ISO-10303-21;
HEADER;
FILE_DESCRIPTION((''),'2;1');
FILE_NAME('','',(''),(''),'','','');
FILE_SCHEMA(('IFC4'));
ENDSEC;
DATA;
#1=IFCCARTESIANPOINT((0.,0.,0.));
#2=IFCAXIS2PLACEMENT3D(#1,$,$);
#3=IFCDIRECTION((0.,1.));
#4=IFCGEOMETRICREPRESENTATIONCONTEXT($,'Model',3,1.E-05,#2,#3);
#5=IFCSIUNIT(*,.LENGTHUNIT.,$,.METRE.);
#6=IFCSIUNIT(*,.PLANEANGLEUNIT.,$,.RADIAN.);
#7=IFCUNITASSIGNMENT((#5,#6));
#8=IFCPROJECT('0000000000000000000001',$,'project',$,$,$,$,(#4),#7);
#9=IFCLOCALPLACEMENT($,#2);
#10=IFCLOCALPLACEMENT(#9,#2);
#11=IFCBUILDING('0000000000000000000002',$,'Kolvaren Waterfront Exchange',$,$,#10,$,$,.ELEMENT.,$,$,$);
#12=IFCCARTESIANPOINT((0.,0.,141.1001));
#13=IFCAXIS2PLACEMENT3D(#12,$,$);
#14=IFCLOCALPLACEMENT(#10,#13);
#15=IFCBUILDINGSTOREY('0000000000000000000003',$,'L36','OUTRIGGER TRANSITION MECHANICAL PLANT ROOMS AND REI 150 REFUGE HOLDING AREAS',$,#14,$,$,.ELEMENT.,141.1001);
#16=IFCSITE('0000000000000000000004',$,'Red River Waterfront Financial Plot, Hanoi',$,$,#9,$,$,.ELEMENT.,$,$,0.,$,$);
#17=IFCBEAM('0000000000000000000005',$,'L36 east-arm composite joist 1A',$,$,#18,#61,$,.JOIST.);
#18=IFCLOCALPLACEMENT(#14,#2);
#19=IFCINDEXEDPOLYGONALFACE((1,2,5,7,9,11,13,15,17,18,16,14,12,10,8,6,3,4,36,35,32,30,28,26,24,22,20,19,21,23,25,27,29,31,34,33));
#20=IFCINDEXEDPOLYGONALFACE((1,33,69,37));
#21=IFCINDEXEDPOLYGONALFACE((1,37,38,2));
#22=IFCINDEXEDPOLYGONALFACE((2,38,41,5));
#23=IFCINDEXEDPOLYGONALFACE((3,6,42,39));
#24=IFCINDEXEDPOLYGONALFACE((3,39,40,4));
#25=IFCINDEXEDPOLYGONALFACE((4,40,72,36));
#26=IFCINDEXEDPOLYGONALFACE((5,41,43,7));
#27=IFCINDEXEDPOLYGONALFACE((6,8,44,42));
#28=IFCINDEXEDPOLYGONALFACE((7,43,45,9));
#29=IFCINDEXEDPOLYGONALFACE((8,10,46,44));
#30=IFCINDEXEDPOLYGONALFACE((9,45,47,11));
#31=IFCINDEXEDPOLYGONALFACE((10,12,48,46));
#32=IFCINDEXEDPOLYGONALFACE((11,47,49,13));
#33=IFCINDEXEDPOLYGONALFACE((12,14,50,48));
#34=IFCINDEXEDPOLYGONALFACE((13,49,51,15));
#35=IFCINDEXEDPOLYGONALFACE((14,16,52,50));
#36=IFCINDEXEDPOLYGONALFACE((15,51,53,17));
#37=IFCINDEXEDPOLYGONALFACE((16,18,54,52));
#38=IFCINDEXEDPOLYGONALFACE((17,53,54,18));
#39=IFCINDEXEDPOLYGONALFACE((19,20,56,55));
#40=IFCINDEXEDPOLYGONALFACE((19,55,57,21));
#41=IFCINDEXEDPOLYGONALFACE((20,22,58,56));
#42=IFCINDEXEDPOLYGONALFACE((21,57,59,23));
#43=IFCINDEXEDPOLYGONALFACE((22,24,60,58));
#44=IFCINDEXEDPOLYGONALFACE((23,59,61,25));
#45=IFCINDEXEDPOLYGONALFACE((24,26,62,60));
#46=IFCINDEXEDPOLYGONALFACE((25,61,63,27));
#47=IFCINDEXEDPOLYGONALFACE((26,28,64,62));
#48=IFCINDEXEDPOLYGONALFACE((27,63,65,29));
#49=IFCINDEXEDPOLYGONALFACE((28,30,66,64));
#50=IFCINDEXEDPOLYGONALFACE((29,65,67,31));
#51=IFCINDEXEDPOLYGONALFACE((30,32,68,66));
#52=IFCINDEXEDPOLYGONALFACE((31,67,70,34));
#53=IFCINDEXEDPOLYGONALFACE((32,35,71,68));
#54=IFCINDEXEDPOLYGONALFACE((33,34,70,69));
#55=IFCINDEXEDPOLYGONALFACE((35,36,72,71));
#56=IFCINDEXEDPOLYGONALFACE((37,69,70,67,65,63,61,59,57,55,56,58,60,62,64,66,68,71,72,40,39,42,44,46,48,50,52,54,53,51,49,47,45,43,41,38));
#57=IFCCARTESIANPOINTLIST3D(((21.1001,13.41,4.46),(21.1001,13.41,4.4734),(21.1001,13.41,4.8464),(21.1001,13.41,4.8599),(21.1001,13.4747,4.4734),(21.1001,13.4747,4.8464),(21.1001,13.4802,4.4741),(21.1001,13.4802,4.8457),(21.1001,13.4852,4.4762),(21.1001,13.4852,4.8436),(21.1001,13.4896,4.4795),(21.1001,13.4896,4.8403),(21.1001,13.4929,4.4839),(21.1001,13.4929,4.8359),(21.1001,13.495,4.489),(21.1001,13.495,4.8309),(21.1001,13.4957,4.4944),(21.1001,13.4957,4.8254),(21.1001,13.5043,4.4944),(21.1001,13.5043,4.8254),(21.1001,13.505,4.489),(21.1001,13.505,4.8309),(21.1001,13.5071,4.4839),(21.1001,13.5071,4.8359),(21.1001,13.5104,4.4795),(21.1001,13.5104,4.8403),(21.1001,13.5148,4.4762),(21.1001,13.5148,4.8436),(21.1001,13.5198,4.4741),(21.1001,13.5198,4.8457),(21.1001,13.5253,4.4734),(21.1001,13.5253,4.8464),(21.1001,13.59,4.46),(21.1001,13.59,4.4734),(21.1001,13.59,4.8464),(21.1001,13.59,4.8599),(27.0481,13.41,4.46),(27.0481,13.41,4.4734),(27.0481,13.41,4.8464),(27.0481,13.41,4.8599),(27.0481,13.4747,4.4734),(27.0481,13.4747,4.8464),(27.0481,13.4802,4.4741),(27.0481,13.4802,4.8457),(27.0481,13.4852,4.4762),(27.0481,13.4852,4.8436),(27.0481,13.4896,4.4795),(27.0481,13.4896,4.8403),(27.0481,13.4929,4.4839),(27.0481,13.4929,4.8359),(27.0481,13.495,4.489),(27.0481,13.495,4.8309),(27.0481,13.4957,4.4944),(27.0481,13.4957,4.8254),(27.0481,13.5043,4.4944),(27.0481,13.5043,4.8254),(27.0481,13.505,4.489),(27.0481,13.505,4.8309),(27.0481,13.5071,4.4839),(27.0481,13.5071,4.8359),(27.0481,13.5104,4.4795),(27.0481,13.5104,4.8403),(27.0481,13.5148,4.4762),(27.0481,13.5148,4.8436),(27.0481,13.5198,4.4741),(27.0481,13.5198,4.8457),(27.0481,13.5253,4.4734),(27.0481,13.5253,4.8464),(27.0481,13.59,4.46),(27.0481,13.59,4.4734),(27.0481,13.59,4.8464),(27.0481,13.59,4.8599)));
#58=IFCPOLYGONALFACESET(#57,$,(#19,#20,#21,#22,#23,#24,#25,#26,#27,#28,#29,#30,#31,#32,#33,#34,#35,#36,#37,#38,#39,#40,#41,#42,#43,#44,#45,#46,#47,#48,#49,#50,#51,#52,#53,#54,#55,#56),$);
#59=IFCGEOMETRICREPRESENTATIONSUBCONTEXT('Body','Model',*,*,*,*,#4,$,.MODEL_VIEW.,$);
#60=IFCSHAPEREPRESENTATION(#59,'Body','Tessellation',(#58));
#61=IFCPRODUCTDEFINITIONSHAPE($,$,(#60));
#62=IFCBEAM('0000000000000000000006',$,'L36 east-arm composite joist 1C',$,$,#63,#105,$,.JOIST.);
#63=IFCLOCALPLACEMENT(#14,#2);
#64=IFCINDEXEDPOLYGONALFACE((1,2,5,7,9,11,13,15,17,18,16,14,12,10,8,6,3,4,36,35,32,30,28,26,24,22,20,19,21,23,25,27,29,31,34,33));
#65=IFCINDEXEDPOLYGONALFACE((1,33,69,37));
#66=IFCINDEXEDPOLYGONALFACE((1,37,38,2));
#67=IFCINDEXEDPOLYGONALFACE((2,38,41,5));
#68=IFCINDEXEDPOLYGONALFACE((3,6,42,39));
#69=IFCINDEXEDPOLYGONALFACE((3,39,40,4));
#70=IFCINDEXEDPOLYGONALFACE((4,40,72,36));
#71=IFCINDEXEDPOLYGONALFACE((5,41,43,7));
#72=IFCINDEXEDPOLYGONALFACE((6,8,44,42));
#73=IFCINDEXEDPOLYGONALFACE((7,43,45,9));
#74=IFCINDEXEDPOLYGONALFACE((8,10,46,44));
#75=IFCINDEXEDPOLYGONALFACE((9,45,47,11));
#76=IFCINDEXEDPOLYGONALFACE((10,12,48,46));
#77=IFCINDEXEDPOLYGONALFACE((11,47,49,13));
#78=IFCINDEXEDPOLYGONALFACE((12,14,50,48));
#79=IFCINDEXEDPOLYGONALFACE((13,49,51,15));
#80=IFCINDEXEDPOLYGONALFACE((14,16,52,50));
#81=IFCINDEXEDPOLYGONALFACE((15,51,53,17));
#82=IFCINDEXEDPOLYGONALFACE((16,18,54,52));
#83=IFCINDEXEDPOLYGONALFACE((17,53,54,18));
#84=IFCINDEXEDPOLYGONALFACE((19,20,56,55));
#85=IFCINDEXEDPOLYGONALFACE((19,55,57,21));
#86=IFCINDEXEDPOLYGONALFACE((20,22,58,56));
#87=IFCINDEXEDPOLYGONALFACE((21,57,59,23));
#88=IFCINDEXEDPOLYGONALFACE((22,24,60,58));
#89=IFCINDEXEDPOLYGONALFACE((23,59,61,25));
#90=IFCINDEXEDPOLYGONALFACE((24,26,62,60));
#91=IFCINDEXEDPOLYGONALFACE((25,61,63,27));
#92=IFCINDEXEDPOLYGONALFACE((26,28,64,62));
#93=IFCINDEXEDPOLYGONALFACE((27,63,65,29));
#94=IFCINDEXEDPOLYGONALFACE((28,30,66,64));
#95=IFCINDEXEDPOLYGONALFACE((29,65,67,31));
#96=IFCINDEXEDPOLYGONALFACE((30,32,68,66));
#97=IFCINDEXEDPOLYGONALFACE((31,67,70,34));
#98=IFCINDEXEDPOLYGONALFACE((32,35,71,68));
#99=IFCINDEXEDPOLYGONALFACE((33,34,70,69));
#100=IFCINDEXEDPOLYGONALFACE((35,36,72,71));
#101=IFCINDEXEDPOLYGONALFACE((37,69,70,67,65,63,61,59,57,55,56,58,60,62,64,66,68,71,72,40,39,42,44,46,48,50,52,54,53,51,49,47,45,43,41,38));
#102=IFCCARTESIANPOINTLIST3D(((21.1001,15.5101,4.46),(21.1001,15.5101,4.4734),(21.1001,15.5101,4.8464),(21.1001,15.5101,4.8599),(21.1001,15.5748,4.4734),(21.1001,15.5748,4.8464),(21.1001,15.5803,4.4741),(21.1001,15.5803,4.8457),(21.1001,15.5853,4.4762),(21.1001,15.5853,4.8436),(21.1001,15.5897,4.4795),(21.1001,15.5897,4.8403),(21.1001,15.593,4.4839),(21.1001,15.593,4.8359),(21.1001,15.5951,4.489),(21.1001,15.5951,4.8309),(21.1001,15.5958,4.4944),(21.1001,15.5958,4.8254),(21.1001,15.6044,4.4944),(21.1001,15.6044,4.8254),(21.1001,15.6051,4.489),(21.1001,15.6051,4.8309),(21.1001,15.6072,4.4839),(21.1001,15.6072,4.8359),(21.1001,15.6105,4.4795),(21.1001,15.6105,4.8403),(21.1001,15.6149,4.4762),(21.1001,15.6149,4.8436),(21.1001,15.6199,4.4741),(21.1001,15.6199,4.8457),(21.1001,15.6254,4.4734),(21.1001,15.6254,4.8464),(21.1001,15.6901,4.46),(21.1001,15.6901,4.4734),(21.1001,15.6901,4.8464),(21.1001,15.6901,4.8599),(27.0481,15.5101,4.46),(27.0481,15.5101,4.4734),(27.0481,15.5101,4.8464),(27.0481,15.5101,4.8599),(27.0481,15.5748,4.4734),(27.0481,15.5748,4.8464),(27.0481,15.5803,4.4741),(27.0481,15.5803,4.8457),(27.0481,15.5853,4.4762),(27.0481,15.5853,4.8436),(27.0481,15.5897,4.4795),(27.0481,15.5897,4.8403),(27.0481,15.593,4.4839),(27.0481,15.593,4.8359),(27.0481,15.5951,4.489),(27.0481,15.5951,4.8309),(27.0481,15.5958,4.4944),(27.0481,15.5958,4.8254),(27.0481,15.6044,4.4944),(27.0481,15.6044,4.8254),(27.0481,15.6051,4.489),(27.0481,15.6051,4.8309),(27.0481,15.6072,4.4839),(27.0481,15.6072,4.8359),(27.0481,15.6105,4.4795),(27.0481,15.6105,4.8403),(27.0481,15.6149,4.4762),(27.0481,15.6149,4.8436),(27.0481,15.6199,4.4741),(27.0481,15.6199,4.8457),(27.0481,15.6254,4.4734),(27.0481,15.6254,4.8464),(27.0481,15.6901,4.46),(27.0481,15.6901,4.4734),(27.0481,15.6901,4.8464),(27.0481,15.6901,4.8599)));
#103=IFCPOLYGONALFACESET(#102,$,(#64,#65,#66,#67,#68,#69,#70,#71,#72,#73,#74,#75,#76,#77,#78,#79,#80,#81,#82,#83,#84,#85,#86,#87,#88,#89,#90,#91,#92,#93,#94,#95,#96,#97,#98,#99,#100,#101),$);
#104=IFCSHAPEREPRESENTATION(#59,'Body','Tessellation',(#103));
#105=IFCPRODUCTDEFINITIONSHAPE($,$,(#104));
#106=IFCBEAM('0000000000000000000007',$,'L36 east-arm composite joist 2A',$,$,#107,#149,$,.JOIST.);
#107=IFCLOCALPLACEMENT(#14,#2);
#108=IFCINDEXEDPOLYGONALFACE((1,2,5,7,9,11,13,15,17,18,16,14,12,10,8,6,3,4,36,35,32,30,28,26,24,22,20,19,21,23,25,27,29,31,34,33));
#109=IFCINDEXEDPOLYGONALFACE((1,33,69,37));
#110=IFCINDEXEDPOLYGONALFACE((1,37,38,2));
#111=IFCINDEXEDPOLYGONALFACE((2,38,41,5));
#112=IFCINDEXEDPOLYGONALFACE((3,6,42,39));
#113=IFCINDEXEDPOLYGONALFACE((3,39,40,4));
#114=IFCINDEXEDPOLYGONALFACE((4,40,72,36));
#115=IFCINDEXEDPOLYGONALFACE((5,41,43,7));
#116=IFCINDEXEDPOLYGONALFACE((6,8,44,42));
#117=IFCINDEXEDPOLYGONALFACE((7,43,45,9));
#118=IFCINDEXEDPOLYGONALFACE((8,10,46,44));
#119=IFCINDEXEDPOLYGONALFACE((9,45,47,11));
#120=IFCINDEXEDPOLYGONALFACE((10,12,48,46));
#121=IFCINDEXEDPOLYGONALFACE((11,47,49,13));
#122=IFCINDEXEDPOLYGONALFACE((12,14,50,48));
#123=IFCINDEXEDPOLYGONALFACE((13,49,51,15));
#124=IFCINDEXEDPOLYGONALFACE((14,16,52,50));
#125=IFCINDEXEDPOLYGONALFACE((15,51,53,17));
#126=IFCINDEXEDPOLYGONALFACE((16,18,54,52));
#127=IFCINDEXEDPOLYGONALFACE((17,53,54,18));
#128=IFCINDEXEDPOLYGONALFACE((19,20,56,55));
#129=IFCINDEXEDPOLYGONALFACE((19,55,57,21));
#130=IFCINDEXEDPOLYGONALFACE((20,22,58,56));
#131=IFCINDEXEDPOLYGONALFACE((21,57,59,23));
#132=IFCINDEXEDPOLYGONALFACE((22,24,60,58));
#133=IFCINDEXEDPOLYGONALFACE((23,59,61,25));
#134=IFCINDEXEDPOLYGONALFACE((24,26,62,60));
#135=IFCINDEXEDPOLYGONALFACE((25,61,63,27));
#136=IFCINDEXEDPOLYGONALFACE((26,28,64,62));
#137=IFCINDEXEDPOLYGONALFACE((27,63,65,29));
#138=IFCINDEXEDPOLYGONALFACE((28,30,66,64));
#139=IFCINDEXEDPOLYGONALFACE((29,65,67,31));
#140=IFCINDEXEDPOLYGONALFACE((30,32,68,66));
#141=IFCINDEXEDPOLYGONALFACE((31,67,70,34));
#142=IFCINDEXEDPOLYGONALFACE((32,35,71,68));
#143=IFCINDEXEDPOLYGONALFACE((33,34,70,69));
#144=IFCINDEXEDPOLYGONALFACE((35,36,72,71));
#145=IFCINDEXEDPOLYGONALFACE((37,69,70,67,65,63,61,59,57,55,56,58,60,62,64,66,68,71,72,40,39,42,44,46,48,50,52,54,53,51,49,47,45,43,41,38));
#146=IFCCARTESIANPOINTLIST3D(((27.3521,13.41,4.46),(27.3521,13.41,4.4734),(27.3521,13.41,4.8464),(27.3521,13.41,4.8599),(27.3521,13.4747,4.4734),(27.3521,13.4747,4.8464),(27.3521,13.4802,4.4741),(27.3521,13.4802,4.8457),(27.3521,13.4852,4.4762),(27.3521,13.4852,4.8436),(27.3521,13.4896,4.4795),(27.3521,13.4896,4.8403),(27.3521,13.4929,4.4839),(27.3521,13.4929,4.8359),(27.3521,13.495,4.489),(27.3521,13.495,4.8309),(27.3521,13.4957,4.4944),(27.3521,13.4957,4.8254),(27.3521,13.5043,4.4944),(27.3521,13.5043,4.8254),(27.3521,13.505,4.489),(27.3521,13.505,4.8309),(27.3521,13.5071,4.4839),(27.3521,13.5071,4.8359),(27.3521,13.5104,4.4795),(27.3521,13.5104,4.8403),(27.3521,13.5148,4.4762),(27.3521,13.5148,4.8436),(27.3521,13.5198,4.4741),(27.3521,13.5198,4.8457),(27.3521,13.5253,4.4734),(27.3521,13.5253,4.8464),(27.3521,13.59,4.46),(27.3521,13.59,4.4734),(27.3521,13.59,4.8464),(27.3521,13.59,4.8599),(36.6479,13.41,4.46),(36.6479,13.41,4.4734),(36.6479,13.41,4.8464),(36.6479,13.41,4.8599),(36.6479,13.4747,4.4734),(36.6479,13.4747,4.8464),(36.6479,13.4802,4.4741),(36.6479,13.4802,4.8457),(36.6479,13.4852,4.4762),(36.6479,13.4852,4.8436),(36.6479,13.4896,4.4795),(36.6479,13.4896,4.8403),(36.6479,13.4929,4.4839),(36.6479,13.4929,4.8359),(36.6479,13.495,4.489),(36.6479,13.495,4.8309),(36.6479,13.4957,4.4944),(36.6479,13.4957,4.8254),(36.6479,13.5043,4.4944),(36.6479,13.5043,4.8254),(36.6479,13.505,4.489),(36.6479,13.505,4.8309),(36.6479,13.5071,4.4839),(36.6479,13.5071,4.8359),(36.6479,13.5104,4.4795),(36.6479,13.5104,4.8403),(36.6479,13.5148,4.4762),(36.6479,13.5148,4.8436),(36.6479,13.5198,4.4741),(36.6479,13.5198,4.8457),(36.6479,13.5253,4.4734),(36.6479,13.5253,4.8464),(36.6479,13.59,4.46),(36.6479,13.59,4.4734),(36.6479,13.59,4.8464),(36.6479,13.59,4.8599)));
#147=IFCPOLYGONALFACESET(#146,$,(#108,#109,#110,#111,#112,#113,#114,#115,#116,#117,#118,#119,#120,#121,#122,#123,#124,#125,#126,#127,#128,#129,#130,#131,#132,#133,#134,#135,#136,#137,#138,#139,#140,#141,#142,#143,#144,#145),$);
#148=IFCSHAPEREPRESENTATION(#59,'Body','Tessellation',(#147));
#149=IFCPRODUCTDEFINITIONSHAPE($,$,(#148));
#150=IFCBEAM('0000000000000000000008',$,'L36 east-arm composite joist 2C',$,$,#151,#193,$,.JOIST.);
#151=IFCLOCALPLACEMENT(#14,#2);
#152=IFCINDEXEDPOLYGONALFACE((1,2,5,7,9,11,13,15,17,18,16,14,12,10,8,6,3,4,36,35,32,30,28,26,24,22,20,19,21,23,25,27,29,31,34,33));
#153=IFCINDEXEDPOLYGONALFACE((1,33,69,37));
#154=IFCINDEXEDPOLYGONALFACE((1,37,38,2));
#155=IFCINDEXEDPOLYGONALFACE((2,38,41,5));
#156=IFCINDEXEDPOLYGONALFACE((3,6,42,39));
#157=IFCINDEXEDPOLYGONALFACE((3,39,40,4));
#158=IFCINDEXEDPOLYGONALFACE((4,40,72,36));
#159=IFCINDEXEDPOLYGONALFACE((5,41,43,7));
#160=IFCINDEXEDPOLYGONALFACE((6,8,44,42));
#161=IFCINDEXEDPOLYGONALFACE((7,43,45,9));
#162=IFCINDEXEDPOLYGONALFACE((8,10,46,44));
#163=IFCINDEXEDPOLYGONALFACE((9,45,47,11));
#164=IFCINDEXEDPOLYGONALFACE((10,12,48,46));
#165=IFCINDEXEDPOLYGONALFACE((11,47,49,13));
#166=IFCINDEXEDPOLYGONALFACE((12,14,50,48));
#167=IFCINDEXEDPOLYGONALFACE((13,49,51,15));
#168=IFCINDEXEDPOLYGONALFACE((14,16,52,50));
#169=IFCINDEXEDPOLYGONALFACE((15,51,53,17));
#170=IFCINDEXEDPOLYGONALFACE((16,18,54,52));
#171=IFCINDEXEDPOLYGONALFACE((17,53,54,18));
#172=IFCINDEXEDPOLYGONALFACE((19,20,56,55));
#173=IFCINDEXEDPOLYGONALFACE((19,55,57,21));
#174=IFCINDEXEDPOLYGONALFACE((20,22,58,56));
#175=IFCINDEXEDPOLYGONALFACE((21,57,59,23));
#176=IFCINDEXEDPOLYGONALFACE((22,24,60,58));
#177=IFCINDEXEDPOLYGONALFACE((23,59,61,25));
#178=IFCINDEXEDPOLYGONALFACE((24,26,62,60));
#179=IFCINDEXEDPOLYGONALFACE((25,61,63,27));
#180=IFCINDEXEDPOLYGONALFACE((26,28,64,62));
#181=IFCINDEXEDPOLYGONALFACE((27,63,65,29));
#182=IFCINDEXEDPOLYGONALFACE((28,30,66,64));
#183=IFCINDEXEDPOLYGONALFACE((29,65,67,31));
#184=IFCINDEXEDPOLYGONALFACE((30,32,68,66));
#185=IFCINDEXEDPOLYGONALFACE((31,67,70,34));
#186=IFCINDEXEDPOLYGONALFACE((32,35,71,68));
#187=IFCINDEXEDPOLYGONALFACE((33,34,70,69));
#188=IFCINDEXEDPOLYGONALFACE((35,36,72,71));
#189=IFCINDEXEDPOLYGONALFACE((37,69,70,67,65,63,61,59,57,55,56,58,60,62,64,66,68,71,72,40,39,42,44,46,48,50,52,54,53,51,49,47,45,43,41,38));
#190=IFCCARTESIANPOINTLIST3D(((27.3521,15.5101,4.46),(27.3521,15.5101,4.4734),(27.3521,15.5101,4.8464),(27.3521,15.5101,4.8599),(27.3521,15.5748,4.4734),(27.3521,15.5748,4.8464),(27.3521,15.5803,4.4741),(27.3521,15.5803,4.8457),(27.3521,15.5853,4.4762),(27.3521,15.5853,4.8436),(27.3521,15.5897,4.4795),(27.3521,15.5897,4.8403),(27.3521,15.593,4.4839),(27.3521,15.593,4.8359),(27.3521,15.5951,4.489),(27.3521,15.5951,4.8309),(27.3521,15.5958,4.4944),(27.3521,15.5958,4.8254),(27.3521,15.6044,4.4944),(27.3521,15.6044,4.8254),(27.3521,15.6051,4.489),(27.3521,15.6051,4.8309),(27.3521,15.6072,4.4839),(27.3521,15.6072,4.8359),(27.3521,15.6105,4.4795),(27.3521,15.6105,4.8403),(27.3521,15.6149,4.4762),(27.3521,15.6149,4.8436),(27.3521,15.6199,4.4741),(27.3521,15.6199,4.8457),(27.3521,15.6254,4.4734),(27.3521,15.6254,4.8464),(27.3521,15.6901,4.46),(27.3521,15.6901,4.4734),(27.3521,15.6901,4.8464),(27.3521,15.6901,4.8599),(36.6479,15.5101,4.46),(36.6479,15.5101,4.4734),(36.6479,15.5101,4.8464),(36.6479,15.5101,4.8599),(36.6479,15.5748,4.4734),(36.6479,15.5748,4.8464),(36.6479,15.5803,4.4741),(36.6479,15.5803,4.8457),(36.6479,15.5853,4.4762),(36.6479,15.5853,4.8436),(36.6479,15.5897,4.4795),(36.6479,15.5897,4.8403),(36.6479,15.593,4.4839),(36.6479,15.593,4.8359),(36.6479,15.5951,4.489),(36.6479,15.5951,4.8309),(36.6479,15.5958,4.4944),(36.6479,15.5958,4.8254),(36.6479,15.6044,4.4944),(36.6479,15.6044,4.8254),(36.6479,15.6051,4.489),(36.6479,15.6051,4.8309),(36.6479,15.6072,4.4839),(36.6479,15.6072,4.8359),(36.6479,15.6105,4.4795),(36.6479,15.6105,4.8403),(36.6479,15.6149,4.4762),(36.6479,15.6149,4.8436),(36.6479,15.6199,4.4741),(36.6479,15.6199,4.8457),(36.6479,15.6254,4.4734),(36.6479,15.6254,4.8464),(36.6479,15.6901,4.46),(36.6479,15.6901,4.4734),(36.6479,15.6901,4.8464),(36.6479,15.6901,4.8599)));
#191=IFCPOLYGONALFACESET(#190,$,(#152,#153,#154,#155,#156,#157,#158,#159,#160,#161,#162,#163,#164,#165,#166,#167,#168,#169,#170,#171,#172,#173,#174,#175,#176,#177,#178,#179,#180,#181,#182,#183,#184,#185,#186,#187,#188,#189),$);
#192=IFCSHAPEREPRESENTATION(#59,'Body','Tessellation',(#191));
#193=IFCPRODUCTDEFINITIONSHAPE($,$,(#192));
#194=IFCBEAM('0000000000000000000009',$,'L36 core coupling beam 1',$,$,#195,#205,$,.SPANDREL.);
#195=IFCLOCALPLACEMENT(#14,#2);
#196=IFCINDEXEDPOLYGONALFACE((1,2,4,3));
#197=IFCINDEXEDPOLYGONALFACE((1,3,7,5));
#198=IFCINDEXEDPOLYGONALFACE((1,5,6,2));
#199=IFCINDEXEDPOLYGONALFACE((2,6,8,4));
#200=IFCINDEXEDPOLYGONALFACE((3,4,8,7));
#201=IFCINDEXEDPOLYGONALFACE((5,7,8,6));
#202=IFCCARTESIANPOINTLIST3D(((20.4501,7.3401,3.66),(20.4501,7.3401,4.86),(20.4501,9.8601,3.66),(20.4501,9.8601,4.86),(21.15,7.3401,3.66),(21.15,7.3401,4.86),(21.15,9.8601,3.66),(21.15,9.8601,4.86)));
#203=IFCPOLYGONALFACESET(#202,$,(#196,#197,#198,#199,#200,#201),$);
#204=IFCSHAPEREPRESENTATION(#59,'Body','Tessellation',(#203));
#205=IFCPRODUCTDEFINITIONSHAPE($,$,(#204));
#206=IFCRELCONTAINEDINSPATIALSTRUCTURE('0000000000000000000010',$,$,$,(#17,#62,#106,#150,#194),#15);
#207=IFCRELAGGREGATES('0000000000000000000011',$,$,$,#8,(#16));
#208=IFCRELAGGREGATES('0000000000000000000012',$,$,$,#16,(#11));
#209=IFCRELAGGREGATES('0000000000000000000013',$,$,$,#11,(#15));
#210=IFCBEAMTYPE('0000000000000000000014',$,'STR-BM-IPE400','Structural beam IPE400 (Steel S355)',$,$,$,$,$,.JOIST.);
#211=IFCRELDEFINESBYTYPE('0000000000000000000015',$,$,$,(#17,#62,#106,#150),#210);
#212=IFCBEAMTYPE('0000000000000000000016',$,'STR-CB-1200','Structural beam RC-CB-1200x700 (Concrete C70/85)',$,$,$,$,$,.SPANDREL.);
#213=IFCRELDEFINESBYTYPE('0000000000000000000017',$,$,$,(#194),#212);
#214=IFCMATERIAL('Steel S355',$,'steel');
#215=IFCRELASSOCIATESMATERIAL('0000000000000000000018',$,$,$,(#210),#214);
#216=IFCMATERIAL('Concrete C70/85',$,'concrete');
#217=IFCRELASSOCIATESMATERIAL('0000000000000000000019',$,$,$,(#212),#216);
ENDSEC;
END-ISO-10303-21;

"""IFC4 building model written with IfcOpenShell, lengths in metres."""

from ifc_helpers import new_model, si_unit, direction, frame, origin, origin_2d, place, context, subcontext, project, spatial, rectangle, i_section, extrude, material, material_profile, profile_set, type_object, element, save


model = new_model("IFC4")

# Units and contexts
model_context = context("Model", 3, precision=1e-05, world=origin(), true_north=direction((0.0, 1.0)))
body_context = subcontext(model_context, "Body", "Model", "MODEL_VIEW")
ifc_project = project(units=[si_unit("LENGTHUNIT", "METRE"), si_unit("PLANEANGLEUNIT", "RADIAN")], contexts=[model_context])

# Site, building, storey
site_placement = place(None, origin())
site = spatial("IfcSite", under=ifc_project, at=site_placement, Name="Red River Waterfront Financial Plot, Hanoi", CompositionType="ELEMENT", RefElevation=0.0)
building_placement = place(site_placement, origin())
building = spatial("IfcBuilding", under=site, at=building_placement, Name="Kolvaren Waterfront Exchange", CompositionType="ELEMENT")
storey_placement = place(building_placement, frame((0.0, 0.0, 141.1001)))
storey = spatial("IfcBuildingStorey", under=building, at=storey_placement, Name="L36", Description="OUTRIGGER TRANSITION MECHANICAL PLANT ROOMS AND REI 150 REFUGE HOLDING AREAS", CompositionType="ELEMENT", Elevation=141.1001)

# Beams
ifc_material_1 = material(Name="Steel S355", Category="steel")
ifc_material_profile_1 = material_profile(ifc_material_1, i_section(OverallWidth=0.1799, OverallDepth=0.3999, WebThickness=0.0085, FlangeThickness=0.0134, FilletRadius=0.021, at=origin_2d()), Name="IPE400")
ifc_profile_set_1 = profile_set([ifc_material_profile_1], Name="Steel S355")
beam_type_1 = type_object("IfcBeamType", Name="STR-BM-IPE400", Description="Structural beam IPE400 (Steel S355)", PredefinedType="JOIST", material=ifc_profile_set_1)
for number, where, z_axis, x_axis, name in (
    (1, (21.1001, 13.5, 4.6599), (1.0, 0.0, 0.0), (0.0, 1.0, 0.0), "L36 east-arm composite joist 1A"),
    (2, (21.1001, 15.6001, 4.6599), (1.0, 0.0, 0.0), (0.0, 1.0, 0.0), "L36 east-arm composite joist 1C"),
):
    element("IfcBeam", number, at=place(storey_placement, frame(where, z_axis=z_axis, x_axis=x_axis)), inside=storey, type_object=beam_type_1, Name=name, PredefinedType="JOIST", context=body_context, shape_type="SweptSolid", body=[
        extrude(i_section(OverallWidth=0.1799, OverallDepth=0.3999, WebThickness=0.0085, FlangeThickness=0.0134, FilletRadius=0.021, at=origin_2d()), origin(), (0.0, 0.0, 1.0), 5.948),
    ])
for number, where, z_axis, x_axis, name in (
    (3, (27.3521, 13.5, 4.6599), (1.0, 0.0, 0.0), (0.0, 1.0, 0.0), "L36 east-arm composite joist 2A"),
    (4, (27.3521, 15.6001, 4.6599), (1.0, 0.0, 0.0), (0.0, 1.0, 0.0), "L36 east-arm composite joist 2C"),
):
    element("IfcBeam", number, at=place(storey_placement, frame(where, z_axis=z_axis, x_axis=x_axis)), inside=storey, type_object=beam_type_1, Name=name, PredefinedType="JOIST", context=body_context, shape_type="SweptSolid", body=[
        extrude(i_section(OverallWidth=0.1799, OverallDepth=0.3999, WebThickness=0.0085, FlangeThickness=0.0134, FilletRadius=0.021, at=origin_2d()), origin(), (0.0, 0.0, 1.0), 9.2959),
    ])
ifc_material_2 = material(Name="Concrete C70/85", Category="concrete")
ifc_material_profile_2 = material_profile(ifc_material_2, rectangle(XDim=0.7, YDim=1.2, at=origin_2d()), Name="RC-CB-1200x700")
ifc_profile_set_2 = profile_set([ifc_material_profile_2], Name="Concrete C70/85")
beam_type_2 = type_object("IfcBeamType", Name="STR-CB-1200", Description="Structural beam RC-CB-1200x700 (Concrete C70/85)", PredefinedType="SPANDREL", material=ifc_profile_set_2)
beam_1_placement = place(storey_placement, frame((20.8, 7.3401, 4.26), z_axis=(0.0, 1.0, 0.0), x_axis=(-1.0, 0.0, 0.0)))
element("IfcBeam", 5, at=beam_1_placement, inside=storey, type_object=beam_type_2, Name="L36 core coupling beam 1", PredefinedType="SPANDREL", context=body_context, shape_type="SweptSolid", body=[
    extrude(rectangle(XDim=0.7, YDim=1.2, at=origin_2d()), origin(), (0.0, 0.0, 1.0), 2.52),
])

save(model, "model.ifc")
